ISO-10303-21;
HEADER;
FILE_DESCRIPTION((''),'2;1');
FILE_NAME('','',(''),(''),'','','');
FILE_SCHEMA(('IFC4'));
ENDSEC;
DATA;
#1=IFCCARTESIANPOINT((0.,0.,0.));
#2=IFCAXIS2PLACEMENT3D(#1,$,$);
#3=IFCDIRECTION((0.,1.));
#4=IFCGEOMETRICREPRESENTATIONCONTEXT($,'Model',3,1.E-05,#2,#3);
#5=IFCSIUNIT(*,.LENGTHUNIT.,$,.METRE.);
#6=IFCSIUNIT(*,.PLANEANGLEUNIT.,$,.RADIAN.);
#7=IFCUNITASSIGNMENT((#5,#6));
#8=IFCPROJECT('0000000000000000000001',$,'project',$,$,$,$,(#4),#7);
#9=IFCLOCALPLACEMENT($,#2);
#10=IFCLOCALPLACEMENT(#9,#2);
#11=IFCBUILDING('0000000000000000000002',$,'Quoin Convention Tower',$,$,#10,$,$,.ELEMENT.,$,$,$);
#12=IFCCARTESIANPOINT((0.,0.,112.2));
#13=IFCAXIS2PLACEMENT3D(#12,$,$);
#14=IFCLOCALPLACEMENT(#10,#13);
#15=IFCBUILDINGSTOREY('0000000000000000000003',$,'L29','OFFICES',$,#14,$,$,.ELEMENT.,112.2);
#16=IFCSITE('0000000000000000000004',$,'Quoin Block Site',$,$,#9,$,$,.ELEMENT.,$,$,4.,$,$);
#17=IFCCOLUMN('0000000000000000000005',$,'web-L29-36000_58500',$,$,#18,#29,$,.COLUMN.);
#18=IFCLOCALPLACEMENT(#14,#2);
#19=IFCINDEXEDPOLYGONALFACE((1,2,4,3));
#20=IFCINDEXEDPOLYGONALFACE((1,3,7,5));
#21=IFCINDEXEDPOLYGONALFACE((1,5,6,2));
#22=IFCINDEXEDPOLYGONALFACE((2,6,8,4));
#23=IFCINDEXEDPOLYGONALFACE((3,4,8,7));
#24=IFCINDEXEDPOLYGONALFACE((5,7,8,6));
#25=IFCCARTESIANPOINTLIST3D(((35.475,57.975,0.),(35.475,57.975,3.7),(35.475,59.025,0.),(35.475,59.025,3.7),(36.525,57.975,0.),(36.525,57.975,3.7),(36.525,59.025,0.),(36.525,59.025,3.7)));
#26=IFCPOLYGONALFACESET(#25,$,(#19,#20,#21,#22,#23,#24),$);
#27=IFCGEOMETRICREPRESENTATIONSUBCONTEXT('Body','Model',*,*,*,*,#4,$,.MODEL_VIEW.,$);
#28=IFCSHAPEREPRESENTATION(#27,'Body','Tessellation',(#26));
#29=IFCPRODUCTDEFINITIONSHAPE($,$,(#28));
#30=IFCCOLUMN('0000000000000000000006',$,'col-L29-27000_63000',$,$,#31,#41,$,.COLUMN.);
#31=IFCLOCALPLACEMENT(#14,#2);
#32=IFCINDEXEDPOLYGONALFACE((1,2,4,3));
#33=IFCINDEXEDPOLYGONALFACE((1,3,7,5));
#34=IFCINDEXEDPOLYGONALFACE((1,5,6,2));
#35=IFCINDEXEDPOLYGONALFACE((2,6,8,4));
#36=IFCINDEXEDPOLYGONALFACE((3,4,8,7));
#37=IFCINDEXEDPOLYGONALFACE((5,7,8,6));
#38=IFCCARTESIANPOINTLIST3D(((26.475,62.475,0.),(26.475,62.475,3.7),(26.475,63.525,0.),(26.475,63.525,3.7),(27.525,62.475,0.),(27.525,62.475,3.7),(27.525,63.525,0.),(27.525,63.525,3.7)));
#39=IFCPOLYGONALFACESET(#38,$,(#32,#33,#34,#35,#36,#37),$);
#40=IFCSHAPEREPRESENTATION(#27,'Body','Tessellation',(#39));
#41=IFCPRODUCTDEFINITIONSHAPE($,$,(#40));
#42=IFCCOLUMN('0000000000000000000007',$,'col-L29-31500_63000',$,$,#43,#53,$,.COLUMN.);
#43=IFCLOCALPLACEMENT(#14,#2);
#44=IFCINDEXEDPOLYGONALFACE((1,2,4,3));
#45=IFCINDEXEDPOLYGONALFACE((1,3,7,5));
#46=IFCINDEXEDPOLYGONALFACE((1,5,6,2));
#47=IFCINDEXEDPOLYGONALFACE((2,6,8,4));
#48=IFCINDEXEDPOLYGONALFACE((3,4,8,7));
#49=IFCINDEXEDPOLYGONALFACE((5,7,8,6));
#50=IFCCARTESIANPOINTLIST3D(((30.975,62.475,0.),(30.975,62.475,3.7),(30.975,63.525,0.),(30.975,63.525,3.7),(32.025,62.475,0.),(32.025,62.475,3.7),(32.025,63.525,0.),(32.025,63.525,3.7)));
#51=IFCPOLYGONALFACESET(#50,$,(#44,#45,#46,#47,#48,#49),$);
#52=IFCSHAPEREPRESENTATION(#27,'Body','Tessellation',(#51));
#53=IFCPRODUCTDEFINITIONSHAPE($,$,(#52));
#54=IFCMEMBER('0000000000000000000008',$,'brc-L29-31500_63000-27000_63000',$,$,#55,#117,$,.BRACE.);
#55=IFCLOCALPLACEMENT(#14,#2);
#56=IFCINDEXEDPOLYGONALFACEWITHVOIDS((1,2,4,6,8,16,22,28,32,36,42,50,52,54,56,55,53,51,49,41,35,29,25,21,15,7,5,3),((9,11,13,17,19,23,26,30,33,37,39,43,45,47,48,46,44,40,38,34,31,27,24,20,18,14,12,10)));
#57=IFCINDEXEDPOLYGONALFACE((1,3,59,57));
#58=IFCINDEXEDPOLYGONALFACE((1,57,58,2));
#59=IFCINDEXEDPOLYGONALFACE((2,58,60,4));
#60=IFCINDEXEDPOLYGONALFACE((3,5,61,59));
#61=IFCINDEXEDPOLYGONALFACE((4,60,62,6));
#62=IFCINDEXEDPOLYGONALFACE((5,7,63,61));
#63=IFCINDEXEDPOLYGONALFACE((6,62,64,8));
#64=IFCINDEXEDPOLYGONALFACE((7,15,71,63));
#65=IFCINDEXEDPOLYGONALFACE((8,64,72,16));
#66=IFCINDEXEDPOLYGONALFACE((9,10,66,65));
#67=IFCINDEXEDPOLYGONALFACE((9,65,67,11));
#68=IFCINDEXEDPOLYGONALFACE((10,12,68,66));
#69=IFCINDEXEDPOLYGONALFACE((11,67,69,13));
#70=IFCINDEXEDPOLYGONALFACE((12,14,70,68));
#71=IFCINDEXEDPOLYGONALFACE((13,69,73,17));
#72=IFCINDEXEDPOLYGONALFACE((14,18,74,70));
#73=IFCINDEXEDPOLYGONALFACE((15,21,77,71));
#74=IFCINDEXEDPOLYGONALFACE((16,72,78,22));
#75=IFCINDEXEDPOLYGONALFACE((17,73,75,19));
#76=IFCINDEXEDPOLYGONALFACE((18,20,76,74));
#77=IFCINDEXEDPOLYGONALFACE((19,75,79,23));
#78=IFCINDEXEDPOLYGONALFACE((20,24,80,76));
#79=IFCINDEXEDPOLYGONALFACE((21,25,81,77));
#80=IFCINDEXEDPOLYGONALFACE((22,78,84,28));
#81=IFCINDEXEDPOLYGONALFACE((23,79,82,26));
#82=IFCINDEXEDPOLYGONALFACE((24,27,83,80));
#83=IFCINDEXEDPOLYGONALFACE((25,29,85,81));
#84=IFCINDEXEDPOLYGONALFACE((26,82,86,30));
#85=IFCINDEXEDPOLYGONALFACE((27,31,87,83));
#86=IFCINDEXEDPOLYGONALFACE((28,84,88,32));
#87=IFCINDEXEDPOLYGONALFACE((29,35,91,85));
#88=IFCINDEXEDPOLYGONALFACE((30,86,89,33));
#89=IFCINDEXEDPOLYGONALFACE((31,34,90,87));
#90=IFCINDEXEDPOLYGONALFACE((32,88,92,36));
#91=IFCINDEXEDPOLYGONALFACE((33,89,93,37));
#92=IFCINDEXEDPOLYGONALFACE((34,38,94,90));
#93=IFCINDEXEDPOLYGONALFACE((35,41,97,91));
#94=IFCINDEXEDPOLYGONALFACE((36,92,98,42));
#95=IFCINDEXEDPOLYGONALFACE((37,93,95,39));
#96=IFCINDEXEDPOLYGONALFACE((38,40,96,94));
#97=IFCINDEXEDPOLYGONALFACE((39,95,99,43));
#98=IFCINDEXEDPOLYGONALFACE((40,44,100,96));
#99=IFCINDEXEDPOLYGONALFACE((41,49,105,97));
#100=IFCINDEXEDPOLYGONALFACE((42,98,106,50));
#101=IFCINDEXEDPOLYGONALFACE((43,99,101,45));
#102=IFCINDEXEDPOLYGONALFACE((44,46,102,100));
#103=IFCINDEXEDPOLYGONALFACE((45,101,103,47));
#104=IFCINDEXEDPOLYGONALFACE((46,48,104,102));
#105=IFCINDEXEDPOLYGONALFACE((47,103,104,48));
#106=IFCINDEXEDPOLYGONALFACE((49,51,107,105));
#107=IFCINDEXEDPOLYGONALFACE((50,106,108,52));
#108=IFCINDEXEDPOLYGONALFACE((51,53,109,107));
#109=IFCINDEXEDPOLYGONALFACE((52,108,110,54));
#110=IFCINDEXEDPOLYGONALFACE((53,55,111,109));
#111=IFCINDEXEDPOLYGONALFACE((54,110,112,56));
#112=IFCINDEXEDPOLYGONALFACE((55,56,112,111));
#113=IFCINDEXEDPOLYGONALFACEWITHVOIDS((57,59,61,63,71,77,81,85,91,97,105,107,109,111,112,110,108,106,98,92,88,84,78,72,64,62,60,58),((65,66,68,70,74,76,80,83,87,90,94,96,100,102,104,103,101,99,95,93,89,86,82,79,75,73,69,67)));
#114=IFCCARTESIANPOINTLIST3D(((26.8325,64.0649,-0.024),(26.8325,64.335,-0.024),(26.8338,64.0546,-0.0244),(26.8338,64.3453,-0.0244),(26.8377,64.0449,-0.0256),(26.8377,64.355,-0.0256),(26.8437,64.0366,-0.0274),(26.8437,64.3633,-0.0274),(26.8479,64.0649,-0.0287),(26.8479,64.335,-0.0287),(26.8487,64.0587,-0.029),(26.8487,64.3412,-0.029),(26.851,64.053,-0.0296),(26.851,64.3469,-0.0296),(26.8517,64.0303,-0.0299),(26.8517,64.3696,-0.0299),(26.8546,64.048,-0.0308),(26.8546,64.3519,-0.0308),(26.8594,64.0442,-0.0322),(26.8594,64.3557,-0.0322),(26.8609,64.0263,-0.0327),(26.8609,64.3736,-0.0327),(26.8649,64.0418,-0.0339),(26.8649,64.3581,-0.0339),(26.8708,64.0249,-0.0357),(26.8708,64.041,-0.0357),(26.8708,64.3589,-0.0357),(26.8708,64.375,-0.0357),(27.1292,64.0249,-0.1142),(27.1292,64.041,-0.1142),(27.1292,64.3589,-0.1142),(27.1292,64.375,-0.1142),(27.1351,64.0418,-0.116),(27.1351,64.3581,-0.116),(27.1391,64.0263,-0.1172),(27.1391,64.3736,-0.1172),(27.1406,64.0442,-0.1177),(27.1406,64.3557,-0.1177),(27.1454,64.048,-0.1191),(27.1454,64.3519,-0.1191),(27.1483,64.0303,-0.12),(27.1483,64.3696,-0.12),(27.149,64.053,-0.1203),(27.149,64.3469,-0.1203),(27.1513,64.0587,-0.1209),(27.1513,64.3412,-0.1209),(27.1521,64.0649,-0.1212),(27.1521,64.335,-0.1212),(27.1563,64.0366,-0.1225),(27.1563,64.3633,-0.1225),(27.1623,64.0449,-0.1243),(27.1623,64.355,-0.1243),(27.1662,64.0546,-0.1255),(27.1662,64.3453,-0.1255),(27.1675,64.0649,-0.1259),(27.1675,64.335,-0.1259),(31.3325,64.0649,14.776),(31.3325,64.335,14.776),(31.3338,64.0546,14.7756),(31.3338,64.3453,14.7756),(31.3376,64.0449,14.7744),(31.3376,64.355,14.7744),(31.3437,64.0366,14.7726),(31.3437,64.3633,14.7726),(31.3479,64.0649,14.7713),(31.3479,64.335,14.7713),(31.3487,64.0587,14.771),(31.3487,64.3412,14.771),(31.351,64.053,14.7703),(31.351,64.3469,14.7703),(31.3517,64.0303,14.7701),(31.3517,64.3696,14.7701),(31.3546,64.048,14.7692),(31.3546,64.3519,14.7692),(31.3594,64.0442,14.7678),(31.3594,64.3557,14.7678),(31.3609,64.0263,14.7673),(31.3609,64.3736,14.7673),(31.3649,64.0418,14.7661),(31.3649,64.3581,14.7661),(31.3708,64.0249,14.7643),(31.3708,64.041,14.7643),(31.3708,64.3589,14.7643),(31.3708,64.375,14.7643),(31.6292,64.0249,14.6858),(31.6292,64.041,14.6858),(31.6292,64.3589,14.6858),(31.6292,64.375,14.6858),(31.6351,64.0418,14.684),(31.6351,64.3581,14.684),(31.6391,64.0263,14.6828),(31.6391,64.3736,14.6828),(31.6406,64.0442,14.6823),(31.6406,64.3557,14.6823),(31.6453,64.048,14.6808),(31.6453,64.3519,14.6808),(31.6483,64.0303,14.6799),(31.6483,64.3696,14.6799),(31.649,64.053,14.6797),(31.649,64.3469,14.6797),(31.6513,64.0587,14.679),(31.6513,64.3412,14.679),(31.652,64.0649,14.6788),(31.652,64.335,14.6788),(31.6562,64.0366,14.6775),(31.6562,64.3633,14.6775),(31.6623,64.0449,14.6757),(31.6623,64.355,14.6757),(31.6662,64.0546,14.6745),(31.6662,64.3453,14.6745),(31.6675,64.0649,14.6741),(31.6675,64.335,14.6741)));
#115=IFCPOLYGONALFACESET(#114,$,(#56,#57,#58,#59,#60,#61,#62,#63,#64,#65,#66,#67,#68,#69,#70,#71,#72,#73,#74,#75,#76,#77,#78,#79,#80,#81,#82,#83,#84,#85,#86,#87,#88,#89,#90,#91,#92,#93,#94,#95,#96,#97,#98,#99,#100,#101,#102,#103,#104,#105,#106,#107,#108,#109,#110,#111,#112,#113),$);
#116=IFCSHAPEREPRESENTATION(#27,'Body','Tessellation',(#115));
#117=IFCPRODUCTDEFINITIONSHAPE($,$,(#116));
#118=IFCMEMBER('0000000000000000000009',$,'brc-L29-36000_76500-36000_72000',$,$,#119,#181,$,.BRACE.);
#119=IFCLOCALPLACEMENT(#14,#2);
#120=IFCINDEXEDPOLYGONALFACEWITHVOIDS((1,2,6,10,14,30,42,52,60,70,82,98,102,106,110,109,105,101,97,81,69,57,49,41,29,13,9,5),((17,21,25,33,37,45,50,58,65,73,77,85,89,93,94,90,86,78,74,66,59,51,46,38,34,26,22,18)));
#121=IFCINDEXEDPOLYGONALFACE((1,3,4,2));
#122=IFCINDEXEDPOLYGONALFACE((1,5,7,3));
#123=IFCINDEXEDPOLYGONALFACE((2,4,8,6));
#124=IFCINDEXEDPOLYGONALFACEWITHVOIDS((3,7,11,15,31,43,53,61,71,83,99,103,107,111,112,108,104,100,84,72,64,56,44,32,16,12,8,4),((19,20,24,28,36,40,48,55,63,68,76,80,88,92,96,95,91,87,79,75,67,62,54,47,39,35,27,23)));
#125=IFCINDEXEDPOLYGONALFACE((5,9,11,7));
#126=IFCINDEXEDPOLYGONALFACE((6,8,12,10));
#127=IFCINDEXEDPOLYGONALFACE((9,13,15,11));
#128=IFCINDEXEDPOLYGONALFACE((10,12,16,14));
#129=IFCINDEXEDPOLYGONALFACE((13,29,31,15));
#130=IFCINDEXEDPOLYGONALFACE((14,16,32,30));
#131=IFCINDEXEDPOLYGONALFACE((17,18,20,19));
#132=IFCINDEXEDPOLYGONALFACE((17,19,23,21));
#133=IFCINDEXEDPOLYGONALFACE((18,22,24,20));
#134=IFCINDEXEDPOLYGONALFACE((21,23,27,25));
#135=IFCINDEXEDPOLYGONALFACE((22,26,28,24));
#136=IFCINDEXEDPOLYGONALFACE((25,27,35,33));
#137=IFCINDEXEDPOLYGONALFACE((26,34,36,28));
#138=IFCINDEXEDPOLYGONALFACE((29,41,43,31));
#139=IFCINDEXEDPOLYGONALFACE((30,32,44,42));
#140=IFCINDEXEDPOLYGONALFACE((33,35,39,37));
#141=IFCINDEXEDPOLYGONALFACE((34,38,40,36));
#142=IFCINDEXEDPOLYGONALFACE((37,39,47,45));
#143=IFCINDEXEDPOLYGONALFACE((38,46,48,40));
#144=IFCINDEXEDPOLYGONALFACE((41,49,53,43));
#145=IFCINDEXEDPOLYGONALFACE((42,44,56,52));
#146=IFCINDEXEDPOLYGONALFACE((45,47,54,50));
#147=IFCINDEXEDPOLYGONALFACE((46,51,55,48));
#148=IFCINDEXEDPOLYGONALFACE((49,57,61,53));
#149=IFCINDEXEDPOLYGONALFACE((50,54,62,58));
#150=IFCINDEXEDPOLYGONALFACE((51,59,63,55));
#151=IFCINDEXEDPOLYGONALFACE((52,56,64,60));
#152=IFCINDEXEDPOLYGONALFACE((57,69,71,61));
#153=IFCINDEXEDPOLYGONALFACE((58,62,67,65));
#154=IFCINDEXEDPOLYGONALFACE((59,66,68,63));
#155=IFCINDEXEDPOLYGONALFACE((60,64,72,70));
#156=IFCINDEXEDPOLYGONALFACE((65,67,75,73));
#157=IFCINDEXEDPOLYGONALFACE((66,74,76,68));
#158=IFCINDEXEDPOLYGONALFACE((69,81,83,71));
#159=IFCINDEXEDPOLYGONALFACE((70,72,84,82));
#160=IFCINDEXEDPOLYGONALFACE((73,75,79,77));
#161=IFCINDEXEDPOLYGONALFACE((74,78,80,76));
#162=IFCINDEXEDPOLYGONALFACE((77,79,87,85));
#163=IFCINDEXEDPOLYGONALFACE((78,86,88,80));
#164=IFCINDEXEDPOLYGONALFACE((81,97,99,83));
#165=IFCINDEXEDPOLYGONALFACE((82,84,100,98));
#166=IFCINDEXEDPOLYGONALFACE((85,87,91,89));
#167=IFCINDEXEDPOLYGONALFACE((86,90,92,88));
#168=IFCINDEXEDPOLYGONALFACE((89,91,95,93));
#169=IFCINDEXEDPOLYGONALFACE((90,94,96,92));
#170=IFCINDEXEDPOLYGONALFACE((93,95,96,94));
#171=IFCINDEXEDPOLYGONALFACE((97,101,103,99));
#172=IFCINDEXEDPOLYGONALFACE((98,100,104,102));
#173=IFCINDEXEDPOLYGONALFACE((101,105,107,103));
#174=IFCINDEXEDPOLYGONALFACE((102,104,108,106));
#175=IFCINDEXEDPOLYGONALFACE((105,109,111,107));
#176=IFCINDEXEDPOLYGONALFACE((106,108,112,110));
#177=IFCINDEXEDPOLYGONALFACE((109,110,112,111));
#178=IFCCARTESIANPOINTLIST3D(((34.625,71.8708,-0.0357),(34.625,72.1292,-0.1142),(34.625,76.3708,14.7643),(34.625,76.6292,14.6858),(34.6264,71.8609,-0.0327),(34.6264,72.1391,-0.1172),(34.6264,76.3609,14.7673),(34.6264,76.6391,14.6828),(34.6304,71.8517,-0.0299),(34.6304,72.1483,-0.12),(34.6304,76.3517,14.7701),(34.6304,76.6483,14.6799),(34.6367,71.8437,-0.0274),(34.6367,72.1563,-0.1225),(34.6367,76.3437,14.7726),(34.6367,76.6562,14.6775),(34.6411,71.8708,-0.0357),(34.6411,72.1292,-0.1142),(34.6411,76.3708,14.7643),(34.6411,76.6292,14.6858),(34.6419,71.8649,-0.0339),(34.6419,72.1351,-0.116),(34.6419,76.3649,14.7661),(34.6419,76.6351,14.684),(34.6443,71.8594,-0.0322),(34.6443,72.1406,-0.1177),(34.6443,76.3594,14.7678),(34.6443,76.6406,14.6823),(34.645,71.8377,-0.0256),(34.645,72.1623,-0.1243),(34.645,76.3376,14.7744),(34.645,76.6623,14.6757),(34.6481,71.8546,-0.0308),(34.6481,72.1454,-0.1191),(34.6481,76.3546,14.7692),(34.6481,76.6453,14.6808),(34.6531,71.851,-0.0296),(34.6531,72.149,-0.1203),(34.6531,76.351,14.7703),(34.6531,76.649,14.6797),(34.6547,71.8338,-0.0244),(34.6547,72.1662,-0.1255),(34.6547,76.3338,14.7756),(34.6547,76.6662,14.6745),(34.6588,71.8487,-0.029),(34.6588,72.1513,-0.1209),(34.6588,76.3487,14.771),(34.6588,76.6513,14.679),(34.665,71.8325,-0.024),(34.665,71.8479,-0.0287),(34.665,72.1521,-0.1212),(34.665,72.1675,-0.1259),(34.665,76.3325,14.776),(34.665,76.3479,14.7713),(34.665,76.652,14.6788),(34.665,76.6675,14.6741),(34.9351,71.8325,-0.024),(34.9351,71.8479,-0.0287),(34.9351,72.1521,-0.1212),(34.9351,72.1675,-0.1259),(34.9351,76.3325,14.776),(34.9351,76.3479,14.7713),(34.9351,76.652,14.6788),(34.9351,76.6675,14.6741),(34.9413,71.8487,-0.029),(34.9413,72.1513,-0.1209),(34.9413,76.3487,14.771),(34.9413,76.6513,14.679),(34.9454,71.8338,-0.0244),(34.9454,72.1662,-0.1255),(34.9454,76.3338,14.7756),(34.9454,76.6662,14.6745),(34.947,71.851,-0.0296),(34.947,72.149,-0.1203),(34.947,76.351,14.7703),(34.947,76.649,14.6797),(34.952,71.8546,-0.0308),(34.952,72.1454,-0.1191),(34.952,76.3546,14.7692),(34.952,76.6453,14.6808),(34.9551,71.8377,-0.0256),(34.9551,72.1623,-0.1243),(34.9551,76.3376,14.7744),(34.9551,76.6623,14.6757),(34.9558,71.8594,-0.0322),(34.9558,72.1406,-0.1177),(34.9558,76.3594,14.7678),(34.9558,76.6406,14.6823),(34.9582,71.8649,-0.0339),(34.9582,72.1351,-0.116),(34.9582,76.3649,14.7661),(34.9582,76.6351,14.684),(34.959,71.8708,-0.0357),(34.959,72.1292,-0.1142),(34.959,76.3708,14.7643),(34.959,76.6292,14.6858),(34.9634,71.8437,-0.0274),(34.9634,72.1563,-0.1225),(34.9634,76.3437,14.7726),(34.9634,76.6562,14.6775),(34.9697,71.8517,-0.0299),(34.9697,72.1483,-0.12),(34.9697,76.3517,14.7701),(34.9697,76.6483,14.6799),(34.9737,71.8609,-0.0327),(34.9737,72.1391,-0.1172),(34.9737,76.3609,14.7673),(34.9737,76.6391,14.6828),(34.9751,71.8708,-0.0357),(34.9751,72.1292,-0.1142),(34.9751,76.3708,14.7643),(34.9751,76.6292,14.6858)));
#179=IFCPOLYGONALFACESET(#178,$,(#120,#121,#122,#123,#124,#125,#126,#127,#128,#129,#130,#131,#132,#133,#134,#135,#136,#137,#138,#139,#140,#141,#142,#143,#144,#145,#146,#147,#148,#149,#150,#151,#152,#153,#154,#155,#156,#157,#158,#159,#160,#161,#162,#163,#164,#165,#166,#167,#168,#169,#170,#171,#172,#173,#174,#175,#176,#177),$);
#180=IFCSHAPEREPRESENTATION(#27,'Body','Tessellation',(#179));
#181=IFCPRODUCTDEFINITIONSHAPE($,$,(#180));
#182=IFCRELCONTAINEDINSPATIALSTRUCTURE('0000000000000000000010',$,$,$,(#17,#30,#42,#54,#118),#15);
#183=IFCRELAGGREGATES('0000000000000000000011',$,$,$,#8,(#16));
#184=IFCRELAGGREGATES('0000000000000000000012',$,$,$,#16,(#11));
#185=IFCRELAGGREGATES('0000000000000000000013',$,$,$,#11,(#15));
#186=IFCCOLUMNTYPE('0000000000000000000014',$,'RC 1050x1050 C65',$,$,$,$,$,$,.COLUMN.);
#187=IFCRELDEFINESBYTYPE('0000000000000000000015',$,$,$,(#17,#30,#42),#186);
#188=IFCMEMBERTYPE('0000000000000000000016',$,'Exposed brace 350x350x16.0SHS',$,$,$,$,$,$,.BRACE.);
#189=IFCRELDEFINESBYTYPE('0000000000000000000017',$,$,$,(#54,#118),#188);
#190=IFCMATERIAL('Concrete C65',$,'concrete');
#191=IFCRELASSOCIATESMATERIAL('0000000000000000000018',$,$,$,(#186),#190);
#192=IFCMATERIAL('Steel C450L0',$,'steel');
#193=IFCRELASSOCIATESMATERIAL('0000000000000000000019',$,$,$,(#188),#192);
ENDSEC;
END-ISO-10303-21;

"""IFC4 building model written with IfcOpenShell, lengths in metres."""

from ifc_helpers import new_model, si_unit, direction, frame, origin, origin_2d, place, context, subcontext, project, spatial, rectangle, hollow_rectangle, extrude, material, material_profile, profile_set, type_object, element, save


model = new_model("IFC4")

# Units and contexts
model_context = context("Model", 3, precision=1e-05, world=origin(), true_north=direction((0.0, 1.0)))
body_context = subcontext(model_context, "Body", "Model", "MODEL_VIEW")
ifc_project = project(units=[si_unit("LENGTHUNIT", "METRE"), si_unit("PLANEANGLEUNIT", "RADIAN")], contexts=[model_context])

# Site, building, storey
site_placement = place(None, origin())
site = spatial("IfcSite", under=ifc_project, at=site_placement, Name="Quoin Block Site", CompositionType="ELEMENT", RefElevation=4.0)
building_placement = place(site_placement, origin())
building = spatial("IfcBuilding", under=site, at=building_placement, Name="Quoin Convention Tower", CompositionType="ELEMENT")
storey_placement = place(building_placement, frame((0.0, 0.0, 112.2)))
storey = spatial("IfcBuildingStorey", under=building, at=storey_placement, Name="L29", Description="OFFICES", CompositionType="ELEMENT", Elevation=112.2)

# Columns
ifc_material_1 = material(Name="Concrete C65", Category="concrete")
ifc_material_profile_1 = material_profile(ifc_material_1, rectangle(XDim=1.05, YDim=1.05, at=origin_2d()), Name="RC 1050x1050")
ifc_profile_set_1 = profile_set([ifc_material_profile_1], Name="Concrete C65")
column_type = type_object("IfcColumnType", Name="RC 1050x1050 C65", PredefinedType="COLUMN", material=ifc_profile_set_1)
for number, where, z_axis, x_axis, name in (
    (1, (36.0, 58.5, 0.0), (0.0, 0.0, 1.0), (1.0, 0.0, 0.0), "web-L29-36000_58500"),
    (2, (27.0, 63.0, 0.0), (0.0, 0.0, 1.0), (1.0, 0.0, 0.0), "col-L29-27000_63000"),
    (3, (31.5, 63.0, 0.0), (0.0, 0.0, 1.0), (1.0, 0.0, 0.0), "col-L29-31500_63000"),
):
    element("IfcColumn", number, at=place(storey_placement, frame(where, z_axis=z_axis, x_axis=x_axis)), inside=storey, type_object=column_type, Name=name, PredefinedType="COLUMN", context=body_context, shape_type="SweptSolid", body=[
        extrude(rectangle(XDim=1.05, YDim=1.05, at=origin_2d()), origin(), (0.0, 0.0, 1.0), 3.7),
    ])

# Members
ifc_material_2 = material(Name="Steel C450L0", Category="steel")
ifc_material_profile_2 = material_profile(ifc_material_2, hollow_rectangle(XDim=0.3501, YDim=0.3501, WallThickness=0.0161, InnerFilletRadius=0.0239, OuterFilletRadius=0.04, at=origin_2d()), Name="350x350x16.0SHS")
ifc_profile_set_2 = profile_set([ifc_material_profile_2], Name="Steel C450L0")
member_type = type_object("IfcMemberType", Name="Exposed brace 350x350x16.0SHS", PredefinedType="BRACE", material=ifc_profile_set_2)
for number, where, z_axis, x_axis, name in (
    (4, (27.0, 64.2, -0.075), (0.290903, 0.0, 0.956752), (0.0, 1.0, 0.0), "brc-L29-31500_63000-27000_63000"),
    (5, (34.8, 72.0, -0.075), (0.0, 0.290903, 0.956752), (-1.0, 0.0, 0.0), "brc-L29-36000_76500-36000_72000"),
):
    element("IfcMember", number, at=place(storey_placement, frame(where, z_axis=z_axis, x_axis=x_axis)), inside=storey, type_object=member_type, Name=name, PredefinedType="BRACE", context=body_context, shape_type="SweptSolid", body=[
        extrude(hollow_rectangle(XDim=0.3501, YDim=0.3501, WallThickness=0.0161, InnerFilletRadius=0.0239, OuterFilletRadius=0.04, at=origin_2d()), origin(), (0.0, 0.0, 1.0), 15.469),
    ])

save(model, "model.ifc")
